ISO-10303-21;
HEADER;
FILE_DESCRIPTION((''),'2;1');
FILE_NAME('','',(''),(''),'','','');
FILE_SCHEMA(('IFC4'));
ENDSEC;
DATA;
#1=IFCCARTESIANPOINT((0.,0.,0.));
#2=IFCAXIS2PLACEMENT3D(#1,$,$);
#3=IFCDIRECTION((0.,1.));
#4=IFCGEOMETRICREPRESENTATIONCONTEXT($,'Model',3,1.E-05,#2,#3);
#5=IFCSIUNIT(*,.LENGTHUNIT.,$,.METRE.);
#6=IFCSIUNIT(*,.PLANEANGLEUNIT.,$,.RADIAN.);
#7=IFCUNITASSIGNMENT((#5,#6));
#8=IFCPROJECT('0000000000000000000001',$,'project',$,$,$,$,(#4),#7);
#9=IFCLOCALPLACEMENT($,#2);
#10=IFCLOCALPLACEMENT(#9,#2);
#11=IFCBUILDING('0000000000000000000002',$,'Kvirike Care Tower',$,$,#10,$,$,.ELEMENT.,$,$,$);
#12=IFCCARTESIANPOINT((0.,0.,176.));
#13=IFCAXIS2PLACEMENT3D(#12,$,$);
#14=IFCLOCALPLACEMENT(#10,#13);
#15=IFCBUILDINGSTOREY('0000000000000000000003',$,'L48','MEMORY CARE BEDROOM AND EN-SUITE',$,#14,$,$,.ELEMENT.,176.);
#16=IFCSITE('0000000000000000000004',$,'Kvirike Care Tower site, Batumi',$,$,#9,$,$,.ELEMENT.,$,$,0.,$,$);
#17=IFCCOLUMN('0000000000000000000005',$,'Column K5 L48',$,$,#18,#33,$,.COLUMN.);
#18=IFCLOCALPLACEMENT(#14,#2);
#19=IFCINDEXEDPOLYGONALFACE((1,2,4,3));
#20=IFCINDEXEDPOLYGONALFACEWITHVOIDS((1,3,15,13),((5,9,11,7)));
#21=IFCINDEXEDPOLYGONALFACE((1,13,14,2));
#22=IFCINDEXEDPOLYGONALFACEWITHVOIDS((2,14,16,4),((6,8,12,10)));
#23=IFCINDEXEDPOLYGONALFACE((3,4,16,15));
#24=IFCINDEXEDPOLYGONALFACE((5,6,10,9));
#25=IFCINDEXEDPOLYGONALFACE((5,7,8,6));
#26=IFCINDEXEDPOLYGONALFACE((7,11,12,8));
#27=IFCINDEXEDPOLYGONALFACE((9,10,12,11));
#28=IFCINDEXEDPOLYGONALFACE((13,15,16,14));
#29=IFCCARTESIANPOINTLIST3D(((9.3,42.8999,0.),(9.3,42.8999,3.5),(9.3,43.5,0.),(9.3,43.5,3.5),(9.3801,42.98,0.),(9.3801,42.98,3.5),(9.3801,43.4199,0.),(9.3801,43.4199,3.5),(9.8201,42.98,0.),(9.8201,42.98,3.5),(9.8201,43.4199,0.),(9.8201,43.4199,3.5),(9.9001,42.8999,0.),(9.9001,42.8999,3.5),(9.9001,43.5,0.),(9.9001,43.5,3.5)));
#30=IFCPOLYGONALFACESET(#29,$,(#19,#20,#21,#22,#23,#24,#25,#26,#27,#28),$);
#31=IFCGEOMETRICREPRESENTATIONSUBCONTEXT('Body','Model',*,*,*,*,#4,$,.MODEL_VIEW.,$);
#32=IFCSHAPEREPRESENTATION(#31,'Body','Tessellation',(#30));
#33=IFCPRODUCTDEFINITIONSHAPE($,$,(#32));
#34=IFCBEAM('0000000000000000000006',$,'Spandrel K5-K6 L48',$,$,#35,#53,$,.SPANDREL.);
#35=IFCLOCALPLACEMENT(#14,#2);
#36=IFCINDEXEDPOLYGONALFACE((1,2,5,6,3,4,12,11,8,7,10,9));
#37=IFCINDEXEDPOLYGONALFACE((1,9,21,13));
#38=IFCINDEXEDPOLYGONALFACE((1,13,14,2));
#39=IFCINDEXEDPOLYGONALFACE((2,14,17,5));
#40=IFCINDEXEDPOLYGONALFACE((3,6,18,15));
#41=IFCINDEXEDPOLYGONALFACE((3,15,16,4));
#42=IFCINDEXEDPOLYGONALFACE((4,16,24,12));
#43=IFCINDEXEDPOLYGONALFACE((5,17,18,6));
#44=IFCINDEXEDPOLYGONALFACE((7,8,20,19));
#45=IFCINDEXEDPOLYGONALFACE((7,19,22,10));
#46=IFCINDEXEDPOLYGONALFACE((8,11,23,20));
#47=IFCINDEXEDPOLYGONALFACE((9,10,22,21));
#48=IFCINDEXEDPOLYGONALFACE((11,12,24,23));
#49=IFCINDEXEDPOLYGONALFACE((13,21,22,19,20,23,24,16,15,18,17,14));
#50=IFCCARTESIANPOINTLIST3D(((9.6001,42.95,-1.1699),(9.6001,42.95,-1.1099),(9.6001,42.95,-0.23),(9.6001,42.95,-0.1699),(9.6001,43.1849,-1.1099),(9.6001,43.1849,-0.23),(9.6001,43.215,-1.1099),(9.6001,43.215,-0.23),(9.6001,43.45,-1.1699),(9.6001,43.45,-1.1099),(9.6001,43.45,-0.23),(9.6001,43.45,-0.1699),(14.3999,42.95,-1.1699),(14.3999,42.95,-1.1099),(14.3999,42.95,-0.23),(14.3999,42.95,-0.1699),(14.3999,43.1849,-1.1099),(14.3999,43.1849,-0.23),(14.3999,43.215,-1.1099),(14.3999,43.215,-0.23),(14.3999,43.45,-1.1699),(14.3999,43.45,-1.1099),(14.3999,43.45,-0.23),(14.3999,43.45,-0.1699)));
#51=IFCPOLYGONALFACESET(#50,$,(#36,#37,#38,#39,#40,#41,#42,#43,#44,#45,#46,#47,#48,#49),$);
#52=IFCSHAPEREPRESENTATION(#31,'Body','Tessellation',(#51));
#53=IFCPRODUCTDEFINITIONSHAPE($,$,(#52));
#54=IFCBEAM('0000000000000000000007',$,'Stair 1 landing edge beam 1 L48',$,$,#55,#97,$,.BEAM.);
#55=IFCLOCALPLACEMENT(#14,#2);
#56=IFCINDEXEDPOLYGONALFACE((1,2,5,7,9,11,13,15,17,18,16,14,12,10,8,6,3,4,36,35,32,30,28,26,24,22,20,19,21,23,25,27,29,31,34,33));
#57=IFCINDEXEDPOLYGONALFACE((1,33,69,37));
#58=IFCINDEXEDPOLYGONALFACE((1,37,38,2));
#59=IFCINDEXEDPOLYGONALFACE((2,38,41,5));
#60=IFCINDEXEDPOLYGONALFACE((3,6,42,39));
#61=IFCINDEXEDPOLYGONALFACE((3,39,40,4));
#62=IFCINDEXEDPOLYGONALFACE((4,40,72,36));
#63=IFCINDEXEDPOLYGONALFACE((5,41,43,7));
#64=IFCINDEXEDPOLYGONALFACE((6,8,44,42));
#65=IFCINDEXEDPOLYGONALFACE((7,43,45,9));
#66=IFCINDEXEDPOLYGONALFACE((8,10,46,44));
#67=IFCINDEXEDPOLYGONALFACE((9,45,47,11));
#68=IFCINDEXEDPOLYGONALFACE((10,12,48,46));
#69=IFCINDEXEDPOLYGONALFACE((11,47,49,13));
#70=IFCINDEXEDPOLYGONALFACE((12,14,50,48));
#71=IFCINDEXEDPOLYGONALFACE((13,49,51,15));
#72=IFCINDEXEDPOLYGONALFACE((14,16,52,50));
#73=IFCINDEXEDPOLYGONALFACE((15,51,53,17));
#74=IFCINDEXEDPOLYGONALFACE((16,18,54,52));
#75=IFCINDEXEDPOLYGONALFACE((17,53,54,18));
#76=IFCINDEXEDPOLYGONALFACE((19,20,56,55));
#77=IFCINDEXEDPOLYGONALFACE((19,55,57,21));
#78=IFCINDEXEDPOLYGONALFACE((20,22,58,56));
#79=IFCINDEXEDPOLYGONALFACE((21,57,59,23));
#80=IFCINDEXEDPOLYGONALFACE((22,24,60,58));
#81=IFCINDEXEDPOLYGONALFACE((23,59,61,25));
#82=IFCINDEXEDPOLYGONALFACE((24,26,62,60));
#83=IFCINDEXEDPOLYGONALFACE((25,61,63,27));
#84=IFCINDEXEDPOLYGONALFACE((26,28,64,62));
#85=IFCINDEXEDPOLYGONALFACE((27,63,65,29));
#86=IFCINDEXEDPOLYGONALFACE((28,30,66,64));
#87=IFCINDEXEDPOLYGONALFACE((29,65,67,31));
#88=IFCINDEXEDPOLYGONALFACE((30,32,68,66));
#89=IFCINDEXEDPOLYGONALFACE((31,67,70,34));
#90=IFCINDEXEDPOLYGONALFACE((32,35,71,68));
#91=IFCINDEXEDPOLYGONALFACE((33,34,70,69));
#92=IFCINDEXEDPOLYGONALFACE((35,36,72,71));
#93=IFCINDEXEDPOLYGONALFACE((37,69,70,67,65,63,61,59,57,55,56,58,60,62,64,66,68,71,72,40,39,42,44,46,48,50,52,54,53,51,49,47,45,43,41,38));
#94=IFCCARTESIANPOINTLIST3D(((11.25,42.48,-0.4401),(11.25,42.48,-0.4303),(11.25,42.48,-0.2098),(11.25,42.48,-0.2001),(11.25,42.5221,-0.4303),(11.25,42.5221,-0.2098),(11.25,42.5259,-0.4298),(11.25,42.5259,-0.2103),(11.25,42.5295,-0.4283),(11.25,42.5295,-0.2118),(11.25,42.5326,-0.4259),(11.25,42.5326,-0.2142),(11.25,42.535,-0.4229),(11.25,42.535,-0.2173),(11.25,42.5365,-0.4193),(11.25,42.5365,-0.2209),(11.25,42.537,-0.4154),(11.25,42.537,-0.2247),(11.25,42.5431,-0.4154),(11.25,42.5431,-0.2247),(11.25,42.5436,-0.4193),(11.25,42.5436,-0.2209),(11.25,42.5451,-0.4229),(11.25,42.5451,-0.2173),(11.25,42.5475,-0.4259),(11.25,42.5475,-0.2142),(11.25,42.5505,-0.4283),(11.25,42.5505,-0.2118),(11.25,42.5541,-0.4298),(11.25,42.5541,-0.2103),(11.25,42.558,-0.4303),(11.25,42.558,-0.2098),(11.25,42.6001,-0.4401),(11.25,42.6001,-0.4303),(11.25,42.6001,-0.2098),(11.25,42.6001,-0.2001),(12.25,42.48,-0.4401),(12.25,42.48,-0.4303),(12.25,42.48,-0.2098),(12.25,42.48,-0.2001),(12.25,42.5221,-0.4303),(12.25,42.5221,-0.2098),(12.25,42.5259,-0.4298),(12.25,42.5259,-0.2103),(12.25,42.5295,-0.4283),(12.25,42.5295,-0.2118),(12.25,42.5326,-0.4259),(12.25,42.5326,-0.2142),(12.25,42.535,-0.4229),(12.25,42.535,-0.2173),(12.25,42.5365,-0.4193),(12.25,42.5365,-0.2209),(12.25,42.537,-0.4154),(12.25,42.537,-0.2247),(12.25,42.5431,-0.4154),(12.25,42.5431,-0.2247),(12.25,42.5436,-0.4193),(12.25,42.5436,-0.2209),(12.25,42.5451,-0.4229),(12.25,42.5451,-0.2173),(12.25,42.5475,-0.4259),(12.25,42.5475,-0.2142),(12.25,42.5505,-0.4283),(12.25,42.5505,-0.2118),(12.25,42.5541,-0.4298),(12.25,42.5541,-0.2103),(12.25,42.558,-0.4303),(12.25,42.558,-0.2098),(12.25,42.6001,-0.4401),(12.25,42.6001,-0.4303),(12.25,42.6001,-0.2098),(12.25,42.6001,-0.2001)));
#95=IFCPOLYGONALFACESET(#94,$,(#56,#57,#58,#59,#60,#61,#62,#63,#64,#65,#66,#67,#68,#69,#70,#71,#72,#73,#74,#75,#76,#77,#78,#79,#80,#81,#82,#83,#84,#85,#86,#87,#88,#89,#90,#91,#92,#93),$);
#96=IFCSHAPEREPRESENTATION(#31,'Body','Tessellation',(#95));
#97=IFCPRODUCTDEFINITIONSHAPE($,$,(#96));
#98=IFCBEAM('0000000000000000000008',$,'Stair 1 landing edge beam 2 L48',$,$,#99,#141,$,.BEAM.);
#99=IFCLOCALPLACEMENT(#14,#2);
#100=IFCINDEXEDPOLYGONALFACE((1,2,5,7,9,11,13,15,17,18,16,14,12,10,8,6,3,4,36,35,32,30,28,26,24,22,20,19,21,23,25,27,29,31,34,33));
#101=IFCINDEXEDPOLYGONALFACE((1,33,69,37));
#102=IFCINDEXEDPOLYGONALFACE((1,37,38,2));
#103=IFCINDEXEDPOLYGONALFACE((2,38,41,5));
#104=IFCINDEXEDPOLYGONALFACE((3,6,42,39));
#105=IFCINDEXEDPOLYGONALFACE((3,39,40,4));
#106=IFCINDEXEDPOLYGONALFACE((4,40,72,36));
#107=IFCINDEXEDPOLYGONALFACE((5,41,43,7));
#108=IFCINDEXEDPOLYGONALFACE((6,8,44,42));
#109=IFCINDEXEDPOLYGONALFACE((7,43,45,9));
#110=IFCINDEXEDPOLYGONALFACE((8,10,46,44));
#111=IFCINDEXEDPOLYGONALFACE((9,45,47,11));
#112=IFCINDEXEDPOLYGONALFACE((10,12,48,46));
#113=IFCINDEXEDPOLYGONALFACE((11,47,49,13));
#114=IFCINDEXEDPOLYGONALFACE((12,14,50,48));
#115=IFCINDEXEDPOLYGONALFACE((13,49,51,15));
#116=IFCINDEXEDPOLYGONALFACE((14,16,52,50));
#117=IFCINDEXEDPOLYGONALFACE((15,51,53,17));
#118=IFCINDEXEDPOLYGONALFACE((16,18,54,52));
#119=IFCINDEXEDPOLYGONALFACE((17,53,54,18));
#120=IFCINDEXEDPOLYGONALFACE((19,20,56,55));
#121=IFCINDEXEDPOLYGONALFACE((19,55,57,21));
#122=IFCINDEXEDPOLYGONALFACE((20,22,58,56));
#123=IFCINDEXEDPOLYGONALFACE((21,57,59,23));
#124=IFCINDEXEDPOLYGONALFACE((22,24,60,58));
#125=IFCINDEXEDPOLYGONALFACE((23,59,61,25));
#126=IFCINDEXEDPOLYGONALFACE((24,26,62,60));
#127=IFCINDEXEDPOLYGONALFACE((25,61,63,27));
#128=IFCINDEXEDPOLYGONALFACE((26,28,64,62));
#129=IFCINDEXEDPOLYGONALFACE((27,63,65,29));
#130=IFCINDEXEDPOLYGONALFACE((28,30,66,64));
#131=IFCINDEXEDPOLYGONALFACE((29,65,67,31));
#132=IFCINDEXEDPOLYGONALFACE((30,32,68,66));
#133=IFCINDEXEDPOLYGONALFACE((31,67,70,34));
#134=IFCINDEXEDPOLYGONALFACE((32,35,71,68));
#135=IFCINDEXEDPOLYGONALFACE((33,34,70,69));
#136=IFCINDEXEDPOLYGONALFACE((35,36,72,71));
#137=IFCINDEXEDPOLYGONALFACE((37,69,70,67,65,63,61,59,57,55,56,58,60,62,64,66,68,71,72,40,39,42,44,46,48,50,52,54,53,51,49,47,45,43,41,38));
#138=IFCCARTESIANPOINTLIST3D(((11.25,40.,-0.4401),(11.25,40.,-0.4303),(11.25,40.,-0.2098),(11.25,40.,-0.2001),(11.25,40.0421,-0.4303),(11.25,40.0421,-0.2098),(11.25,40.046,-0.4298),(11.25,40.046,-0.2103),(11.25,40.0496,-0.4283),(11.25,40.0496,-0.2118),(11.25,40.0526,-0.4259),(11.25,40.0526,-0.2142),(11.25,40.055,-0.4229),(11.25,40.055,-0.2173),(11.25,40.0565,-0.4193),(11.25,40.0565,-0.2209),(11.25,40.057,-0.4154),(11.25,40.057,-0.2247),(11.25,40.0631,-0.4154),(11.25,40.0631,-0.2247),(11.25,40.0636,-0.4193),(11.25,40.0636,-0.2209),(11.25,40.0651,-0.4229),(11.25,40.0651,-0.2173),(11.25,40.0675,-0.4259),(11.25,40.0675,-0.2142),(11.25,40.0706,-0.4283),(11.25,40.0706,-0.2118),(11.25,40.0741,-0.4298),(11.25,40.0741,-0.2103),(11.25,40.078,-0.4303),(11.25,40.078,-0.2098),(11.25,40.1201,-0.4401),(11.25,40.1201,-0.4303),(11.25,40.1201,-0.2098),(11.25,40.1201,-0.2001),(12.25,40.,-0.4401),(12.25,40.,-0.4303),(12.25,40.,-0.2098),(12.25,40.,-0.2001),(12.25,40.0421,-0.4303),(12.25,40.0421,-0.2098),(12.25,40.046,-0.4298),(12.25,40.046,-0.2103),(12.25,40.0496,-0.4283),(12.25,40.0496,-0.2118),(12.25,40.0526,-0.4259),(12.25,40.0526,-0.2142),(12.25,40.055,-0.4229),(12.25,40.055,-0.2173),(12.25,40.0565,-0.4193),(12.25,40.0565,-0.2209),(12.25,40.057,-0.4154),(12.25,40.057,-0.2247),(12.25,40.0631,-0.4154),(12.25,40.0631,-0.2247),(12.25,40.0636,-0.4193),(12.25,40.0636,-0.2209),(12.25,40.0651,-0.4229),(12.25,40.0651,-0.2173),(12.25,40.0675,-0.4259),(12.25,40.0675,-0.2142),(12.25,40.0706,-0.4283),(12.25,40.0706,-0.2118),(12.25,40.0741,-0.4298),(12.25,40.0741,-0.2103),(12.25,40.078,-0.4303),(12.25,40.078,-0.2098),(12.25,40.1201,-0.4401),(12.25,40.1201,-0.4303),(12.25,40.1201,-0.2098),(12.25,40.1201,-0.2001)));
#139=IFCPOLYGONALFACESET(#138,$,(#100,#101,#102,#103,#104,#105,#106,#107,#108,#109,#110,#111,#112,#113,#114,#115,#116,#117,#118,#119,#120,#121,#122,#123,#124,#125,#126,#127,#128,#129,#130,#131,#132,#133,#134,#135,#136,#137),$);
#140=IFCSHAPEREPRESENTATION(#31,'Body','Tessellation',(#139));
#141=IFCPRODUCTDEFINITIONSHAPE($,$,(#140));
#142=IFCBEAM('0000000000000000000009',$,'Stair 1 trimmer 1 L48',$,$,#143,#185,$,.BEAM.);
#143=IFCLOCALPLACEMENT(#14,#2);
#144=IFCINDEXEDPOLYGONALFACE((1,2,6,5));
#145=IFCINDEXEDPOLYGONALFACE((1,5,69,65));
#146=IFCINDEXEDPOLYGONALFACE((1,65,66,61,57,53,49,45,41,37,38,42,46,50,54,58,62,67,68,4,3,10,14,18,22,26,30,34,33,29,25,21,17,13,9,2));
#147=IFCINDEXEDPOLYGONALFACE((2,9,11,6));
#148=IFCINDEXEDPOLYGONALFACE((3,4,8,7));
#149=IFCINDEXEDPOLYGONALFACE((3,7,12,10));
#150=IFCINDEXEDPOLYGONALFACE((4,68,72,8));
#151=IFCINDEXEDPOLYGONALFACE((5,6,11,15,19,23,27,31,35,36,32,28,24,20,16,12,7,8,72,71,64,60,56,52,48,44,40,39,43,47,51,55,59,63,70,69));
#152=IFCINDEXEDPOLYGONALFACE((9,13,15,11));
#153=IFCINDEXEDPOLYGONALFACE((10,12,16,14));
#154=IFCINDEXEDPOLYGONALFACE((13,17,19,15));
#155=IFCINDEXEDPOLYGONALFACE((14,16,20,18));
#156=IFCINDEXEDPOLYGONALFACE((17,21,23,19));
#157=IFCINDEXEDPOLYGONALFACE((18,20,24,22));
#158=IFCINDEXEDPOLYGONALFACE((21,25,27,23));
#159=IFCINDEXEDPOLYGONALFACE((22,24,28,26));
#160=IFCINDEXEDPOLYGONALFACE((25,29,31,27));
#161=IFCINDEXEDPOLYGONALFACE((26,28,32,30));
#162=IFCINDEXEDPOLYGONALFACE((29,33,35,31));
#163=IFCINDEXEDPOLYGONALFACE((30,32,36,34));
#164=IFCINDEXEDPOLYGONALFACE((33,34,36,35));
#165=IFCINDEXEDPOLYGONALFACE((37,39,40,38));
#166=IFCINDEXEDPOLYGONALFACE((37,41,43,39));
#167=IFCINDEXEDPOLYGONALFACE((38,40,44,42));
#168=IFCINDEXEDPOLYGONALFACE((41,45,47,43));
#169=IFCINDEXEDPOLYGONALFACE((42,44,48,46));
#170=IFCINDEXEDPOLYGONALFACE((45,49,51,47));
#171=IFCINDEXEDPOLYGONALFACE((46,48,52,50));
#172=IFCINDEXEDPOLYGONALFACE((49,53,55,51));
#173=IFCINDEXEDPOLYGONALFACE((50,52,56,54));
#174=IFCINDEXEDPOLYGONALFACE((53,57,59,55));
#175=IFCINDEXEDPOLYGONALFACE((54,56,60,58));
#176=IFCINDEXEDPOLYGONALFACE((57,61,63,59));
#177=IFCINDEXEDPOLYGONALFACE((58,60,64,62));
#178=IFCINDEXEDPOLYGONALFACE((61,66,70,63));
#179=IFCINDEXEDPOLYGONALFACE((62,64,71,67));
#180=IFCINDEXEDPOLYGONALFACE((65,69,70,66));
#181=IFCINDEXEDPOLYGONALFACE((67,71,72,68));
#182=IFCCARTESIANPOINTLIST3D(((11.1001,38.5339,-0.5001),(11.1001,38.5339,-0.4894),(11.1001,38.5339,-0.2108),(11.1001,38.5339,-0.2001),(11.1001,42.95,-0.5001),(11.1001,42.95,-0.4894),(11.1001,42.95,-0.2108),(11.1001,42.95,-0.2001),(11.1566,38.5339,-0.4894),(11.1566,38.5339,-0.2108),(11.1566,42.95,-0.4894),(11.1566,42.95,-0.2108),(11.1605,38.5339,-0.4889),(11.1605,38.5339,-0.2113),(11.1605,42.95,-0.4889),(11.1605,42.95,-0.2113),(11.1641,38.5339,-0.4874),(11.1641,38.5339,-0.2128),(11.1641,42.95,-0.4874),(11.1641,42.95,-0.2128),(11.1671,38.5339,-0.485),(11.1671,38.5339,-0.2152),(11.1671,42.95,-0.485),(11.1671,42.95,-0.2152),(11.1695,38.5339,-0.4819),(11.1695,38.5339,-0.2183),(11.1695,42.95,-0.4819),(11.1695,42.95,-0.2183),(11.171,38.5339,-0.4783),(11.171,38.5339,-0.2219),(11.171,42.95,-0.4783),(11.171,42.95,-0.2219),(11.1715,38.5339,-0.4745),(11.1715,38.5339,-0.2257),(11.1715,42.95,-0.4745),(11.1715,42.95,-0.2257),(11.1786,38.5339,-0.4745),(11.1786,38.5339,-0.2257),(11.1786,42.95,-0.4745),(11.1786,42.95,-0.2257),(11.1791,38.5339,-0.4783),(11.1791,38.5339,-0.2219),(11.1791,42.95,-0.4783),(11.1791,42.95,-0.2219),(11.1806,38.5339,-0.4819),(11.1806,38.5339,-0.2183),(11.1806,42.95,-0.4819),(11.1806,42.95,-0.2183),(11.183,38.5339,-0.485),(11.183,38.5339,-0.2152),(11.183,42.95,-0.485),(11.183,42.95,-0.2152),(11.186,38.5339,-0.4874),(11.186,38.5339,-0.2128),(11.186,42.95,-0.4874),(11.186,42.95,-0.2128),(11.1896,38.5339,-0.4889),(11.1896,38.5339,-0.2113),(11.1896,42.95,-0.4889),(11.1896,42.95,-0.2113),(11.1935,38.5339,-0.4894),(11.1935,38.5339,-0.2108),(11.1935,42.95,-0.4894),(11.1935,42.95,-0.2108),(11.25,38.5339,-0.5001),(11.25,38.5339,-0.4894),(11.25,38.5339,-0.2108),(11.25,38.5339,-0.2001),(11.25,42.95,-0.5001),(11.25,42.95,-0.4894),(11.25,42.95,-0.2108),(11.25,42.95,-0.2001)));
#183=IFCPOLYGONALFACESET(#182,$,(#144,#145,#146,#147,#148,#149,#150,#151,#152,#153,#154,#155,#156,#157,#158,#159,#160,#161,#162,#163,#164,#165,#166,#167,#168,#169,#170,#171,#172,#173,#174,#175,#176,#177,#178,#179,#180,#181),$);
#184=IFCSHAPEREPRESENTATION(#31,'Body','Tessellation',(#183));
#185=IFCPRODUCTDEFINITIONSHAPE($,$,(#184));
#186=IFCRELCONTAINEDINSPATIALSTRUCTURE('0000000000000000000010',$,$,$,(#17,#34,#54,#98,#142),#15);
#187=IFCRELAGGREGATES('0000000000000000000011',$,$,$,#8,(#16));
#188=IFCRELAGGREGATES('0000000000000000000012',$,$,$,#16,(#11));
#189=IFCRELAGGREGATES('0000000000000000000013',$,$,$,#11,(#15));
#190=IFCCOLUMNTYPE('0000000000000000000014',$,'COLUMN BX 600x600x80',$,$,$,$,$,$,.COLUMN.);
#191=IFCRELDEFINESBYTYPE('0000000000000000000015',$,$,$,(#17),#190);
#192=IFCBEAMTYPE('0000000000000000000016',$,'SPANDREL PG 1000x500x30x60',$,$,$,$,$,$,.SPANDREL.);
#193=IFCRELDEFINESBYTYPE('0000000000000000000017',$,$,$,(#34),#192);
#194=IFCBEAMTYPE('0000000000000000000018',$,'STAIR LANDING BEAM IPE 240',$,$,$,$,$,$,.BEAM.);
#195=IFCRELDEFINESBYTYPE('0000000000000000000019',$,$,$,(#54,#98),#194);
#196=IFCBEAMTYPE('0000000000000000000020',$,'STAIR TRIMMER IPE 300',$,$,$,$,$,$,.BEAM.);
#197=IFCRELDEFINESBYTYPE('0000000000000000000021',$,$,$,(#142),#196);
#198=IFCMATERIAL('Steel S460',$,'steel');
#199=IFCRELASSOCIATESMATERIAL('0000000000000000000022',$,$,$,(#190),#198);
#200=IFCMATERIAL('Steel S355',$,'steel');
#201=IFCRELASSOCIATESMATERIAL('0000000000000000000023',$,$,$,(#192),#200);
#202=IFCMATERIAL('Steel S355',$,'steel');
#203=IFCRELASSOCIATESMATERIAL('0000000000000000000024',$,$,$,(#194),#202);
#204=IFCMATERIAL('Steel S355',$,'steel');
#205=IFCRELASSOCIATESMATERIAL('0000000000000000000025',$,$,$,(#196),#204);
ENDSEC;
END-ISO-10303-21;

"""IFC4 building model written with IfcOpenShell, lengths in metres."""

from ifc_helpers import new_model, si_unit, direction, frame, origin, origin_2d, place, context, subcontext, project, spatial, hollow_rectangle, i_section, extrude, material, material_profile, profile_set, type_object, element, save


model = new_model("IFC4")

# Units and contexts
model_context = context("Model", 3, precision=1e-05, world=origin(), true_north=direction((0.0, 1.0)))
body_context = subcontext(model_context, "Body", "Model", "MODEL_VIEW")
ifc_project = project(units=[si_unit("LENGTHUNIT", "METRE"), si_unit("PLANEANGLEUNIT", "RADIAN")], contexts=[model_context])

# Site, building, storey
site_placement = place(None, origin())
site = spatial("IfcSite", under=ifc_project, at=site_placement, Name="Kvirike Care Tower site, Batumi", CompositionType="ELEMENT", RefElevation=0.0)
building_placement = place(site_placement, origin())
building = spatial("IfcBuilding", under=site, at=building_placement, Name="Kvirike Care Tower", CompositionType="ELEMENT")
storey_placement = place(building_placement, frame((0.0, 0.0, 176.0)))
storey = spatial("IfcBuildingStorey", under=building, at=storey_placement, Name="L48", Description="MEMORY CARE BEDROOM AND EN-SUITE", CompositionType="ELEMENT", Elevation=176.0)

# Column
ifc_material_1 = material(Name="Steel S460", Category="steel")
ifc_material_profile_1 = material_profile(ifc_material_1, hollow_rectangle(XDim=0.6001, YDim=0.6001, WallThickness=0.0801, at=origin_2d()), Name="BX 600x600x80")
ifc_profile_set_1 = profile_set([ifc_material_profile_1], Name="Steel S460")
column_type = type_object("IfcColumnType", Name="COLUMN BX 600x600x80", PredefinedType="COLUMN", material=ifc_profile_set_1)
column_placement = place(storey_placement, frame((9.6001, 43.2, 0.0), z_axis=(0.0, 0.0, 1.0), x_axis=(0.0, 1.0, 0.0)))
element("IfcColumn", 1, at=column_placement, inside=storey, type_object=column_type, Name="Column K5 L48", PredefinedType="COLUMN", context=body_context, shape_type="SweptSolid", body=[
    extrude(hollow_rectangle(XDim=0.6001, YDim=0.6001, WallThickness=0.0801, at=origin_2d()), origin(), (0.0, 0.0, 1.0), 3.5),
])

# Beams
ifc_material_2 = material(Name="Steel S355", Category="steel")
ifc_material_profile_2 = material_profile(ifc_material_2, i_section(OverallWidth=0.5, OverallDepth=1.0, WebThickness=0.03, FlangeThickness=0.0601, at=origin_2d()), Name="PG 1000x500x30x60")
ifc_profile_set_2 = profile_set([ifc_material_profile_2], Name="Steel S355")
beam_type_1 = type_object("IfcBeamType", Name="SPANDREL PG 1000x500x30x60", PredefinedType="SPANDREL", material=ifc_profile_set_2)
beam_placement = place(storey_placement, frame((9.6001, 43.2, -0.6699), z_axis=(1.0, 0.0, 0.0), x_axis=(0.0, 1.0, 0.0)))
element("IfcBeam", 2, at=beam_placement, inside=storey, type_object=beam_type_1, Name="Spandrel K5-K6 L48", PredefinedType="SPANDREL", context=body_context, shape_type="SweptSolid", body=[
    extrude(i_section(OverallWidth=0.5, OverallDepth=1.0, WebThickness=0.03, FlangeThickness=0.0601, at=origin_2d()), origin(), (0.0, 0.0, 1.0), 4.7998),
])
ifc_material_3 = material(Name="Steel S355", Category="steel")
ifc_material_profile_3 = material_profile(ifc_material_3, i_section(OverallWidth=0.1201, OverallDepth=0.24, WebThickness=0.0061, FlangeThickness=0.0098, FilletRadius=0.0149, at=origin_2d()), Name="IPE 240")
ifc_profile_set_3 = profile_set([ifc_material_profile_3], Name="Steel S355")
beam_type_2 = type_object("IfcBeamType", Name="STAIR LANDING BEAM IPE 240", PredefinedType="BEAM", material=ifc_profile_set_3)
for number, where, z_axis, x_axis, name in (
    (3, (11.25, 42.54, -0.3201), (1.0, 0.0, 0.0), (0.0, 1.0, 0.0), "Stair 1 landing edge beam 1 L48"),
    (4, (11.25, 40.0601, -0.3201), (1.0, 0.0, 0.0), (0.0, 1.0, 0.0), "Stair 1 landing edge beam 2 L48"),
):
    element("IfcBeam", number, at=place(storey_placement, frame(where, z_axis=z_axis, x_axis=x_axis)), inside=storey, type_object=beam_type_2, Name=name, PredefinedType="BEAM", context=body_context, shape_type="SweptSolid", body=[
        extrude(i_section(OverallWidth=0.1201, OverallDepth=0.24, WebThickness=0.0061, FlangeThickness=0.0098, FilletRadius=0.0149, at=origin_2d()), origin(), (0.0, 0.0, 1.0), 1.0),
    ])
ifc_material_4 = material(Name="Steel S355", Category="steel")
ifc_material_profile_4 = material_profile(ifc_material_4, i_section(OverallWidth=0.1499, OverallDepth=0.3, WebThickness=0.0071, FlangeThickness=0.0107, FilletRadius=0.0149, at=origin_2d()), Name="IPE 300")
ifc_profile_set_4 = profile_set([ifc_material_profile_4], Name="Steel S355")
beam_type_3 = type_object("IfcBeamType", Name="STAIR TRIMMER IPE 300", PredefinedType="BEAM", material=ifc_profile_set_4)
for number, where, z_axis, x_axis, name in (
    (5, (11.175, 42.95, -0.3501), (0.0, -1.0, 0.0), (1.0, 0.0, 0.0), "Stair 1 trimmer 1 L48"),
):
    element("IfcBeam", number, at=place(storey_placement, frame(where, z_axis=z_axis, x_axis=x_axis)), inside=storey, type_object=beam_type_3, Name=name, PredefinedType="BEAM", context=body_context, shape_type="SweptSolid", body=[
        extrude(i_section(OverallWidth=0.1499, OverallDepth=0.3, WebThickness=0.0071, FlangeThickness=0.0107, FilletRadius=0.0149, at=origin_2d()), origin(), (0.0, 0.0, 1.0), 4.416),
    ])

save(model, "model.ifc")
